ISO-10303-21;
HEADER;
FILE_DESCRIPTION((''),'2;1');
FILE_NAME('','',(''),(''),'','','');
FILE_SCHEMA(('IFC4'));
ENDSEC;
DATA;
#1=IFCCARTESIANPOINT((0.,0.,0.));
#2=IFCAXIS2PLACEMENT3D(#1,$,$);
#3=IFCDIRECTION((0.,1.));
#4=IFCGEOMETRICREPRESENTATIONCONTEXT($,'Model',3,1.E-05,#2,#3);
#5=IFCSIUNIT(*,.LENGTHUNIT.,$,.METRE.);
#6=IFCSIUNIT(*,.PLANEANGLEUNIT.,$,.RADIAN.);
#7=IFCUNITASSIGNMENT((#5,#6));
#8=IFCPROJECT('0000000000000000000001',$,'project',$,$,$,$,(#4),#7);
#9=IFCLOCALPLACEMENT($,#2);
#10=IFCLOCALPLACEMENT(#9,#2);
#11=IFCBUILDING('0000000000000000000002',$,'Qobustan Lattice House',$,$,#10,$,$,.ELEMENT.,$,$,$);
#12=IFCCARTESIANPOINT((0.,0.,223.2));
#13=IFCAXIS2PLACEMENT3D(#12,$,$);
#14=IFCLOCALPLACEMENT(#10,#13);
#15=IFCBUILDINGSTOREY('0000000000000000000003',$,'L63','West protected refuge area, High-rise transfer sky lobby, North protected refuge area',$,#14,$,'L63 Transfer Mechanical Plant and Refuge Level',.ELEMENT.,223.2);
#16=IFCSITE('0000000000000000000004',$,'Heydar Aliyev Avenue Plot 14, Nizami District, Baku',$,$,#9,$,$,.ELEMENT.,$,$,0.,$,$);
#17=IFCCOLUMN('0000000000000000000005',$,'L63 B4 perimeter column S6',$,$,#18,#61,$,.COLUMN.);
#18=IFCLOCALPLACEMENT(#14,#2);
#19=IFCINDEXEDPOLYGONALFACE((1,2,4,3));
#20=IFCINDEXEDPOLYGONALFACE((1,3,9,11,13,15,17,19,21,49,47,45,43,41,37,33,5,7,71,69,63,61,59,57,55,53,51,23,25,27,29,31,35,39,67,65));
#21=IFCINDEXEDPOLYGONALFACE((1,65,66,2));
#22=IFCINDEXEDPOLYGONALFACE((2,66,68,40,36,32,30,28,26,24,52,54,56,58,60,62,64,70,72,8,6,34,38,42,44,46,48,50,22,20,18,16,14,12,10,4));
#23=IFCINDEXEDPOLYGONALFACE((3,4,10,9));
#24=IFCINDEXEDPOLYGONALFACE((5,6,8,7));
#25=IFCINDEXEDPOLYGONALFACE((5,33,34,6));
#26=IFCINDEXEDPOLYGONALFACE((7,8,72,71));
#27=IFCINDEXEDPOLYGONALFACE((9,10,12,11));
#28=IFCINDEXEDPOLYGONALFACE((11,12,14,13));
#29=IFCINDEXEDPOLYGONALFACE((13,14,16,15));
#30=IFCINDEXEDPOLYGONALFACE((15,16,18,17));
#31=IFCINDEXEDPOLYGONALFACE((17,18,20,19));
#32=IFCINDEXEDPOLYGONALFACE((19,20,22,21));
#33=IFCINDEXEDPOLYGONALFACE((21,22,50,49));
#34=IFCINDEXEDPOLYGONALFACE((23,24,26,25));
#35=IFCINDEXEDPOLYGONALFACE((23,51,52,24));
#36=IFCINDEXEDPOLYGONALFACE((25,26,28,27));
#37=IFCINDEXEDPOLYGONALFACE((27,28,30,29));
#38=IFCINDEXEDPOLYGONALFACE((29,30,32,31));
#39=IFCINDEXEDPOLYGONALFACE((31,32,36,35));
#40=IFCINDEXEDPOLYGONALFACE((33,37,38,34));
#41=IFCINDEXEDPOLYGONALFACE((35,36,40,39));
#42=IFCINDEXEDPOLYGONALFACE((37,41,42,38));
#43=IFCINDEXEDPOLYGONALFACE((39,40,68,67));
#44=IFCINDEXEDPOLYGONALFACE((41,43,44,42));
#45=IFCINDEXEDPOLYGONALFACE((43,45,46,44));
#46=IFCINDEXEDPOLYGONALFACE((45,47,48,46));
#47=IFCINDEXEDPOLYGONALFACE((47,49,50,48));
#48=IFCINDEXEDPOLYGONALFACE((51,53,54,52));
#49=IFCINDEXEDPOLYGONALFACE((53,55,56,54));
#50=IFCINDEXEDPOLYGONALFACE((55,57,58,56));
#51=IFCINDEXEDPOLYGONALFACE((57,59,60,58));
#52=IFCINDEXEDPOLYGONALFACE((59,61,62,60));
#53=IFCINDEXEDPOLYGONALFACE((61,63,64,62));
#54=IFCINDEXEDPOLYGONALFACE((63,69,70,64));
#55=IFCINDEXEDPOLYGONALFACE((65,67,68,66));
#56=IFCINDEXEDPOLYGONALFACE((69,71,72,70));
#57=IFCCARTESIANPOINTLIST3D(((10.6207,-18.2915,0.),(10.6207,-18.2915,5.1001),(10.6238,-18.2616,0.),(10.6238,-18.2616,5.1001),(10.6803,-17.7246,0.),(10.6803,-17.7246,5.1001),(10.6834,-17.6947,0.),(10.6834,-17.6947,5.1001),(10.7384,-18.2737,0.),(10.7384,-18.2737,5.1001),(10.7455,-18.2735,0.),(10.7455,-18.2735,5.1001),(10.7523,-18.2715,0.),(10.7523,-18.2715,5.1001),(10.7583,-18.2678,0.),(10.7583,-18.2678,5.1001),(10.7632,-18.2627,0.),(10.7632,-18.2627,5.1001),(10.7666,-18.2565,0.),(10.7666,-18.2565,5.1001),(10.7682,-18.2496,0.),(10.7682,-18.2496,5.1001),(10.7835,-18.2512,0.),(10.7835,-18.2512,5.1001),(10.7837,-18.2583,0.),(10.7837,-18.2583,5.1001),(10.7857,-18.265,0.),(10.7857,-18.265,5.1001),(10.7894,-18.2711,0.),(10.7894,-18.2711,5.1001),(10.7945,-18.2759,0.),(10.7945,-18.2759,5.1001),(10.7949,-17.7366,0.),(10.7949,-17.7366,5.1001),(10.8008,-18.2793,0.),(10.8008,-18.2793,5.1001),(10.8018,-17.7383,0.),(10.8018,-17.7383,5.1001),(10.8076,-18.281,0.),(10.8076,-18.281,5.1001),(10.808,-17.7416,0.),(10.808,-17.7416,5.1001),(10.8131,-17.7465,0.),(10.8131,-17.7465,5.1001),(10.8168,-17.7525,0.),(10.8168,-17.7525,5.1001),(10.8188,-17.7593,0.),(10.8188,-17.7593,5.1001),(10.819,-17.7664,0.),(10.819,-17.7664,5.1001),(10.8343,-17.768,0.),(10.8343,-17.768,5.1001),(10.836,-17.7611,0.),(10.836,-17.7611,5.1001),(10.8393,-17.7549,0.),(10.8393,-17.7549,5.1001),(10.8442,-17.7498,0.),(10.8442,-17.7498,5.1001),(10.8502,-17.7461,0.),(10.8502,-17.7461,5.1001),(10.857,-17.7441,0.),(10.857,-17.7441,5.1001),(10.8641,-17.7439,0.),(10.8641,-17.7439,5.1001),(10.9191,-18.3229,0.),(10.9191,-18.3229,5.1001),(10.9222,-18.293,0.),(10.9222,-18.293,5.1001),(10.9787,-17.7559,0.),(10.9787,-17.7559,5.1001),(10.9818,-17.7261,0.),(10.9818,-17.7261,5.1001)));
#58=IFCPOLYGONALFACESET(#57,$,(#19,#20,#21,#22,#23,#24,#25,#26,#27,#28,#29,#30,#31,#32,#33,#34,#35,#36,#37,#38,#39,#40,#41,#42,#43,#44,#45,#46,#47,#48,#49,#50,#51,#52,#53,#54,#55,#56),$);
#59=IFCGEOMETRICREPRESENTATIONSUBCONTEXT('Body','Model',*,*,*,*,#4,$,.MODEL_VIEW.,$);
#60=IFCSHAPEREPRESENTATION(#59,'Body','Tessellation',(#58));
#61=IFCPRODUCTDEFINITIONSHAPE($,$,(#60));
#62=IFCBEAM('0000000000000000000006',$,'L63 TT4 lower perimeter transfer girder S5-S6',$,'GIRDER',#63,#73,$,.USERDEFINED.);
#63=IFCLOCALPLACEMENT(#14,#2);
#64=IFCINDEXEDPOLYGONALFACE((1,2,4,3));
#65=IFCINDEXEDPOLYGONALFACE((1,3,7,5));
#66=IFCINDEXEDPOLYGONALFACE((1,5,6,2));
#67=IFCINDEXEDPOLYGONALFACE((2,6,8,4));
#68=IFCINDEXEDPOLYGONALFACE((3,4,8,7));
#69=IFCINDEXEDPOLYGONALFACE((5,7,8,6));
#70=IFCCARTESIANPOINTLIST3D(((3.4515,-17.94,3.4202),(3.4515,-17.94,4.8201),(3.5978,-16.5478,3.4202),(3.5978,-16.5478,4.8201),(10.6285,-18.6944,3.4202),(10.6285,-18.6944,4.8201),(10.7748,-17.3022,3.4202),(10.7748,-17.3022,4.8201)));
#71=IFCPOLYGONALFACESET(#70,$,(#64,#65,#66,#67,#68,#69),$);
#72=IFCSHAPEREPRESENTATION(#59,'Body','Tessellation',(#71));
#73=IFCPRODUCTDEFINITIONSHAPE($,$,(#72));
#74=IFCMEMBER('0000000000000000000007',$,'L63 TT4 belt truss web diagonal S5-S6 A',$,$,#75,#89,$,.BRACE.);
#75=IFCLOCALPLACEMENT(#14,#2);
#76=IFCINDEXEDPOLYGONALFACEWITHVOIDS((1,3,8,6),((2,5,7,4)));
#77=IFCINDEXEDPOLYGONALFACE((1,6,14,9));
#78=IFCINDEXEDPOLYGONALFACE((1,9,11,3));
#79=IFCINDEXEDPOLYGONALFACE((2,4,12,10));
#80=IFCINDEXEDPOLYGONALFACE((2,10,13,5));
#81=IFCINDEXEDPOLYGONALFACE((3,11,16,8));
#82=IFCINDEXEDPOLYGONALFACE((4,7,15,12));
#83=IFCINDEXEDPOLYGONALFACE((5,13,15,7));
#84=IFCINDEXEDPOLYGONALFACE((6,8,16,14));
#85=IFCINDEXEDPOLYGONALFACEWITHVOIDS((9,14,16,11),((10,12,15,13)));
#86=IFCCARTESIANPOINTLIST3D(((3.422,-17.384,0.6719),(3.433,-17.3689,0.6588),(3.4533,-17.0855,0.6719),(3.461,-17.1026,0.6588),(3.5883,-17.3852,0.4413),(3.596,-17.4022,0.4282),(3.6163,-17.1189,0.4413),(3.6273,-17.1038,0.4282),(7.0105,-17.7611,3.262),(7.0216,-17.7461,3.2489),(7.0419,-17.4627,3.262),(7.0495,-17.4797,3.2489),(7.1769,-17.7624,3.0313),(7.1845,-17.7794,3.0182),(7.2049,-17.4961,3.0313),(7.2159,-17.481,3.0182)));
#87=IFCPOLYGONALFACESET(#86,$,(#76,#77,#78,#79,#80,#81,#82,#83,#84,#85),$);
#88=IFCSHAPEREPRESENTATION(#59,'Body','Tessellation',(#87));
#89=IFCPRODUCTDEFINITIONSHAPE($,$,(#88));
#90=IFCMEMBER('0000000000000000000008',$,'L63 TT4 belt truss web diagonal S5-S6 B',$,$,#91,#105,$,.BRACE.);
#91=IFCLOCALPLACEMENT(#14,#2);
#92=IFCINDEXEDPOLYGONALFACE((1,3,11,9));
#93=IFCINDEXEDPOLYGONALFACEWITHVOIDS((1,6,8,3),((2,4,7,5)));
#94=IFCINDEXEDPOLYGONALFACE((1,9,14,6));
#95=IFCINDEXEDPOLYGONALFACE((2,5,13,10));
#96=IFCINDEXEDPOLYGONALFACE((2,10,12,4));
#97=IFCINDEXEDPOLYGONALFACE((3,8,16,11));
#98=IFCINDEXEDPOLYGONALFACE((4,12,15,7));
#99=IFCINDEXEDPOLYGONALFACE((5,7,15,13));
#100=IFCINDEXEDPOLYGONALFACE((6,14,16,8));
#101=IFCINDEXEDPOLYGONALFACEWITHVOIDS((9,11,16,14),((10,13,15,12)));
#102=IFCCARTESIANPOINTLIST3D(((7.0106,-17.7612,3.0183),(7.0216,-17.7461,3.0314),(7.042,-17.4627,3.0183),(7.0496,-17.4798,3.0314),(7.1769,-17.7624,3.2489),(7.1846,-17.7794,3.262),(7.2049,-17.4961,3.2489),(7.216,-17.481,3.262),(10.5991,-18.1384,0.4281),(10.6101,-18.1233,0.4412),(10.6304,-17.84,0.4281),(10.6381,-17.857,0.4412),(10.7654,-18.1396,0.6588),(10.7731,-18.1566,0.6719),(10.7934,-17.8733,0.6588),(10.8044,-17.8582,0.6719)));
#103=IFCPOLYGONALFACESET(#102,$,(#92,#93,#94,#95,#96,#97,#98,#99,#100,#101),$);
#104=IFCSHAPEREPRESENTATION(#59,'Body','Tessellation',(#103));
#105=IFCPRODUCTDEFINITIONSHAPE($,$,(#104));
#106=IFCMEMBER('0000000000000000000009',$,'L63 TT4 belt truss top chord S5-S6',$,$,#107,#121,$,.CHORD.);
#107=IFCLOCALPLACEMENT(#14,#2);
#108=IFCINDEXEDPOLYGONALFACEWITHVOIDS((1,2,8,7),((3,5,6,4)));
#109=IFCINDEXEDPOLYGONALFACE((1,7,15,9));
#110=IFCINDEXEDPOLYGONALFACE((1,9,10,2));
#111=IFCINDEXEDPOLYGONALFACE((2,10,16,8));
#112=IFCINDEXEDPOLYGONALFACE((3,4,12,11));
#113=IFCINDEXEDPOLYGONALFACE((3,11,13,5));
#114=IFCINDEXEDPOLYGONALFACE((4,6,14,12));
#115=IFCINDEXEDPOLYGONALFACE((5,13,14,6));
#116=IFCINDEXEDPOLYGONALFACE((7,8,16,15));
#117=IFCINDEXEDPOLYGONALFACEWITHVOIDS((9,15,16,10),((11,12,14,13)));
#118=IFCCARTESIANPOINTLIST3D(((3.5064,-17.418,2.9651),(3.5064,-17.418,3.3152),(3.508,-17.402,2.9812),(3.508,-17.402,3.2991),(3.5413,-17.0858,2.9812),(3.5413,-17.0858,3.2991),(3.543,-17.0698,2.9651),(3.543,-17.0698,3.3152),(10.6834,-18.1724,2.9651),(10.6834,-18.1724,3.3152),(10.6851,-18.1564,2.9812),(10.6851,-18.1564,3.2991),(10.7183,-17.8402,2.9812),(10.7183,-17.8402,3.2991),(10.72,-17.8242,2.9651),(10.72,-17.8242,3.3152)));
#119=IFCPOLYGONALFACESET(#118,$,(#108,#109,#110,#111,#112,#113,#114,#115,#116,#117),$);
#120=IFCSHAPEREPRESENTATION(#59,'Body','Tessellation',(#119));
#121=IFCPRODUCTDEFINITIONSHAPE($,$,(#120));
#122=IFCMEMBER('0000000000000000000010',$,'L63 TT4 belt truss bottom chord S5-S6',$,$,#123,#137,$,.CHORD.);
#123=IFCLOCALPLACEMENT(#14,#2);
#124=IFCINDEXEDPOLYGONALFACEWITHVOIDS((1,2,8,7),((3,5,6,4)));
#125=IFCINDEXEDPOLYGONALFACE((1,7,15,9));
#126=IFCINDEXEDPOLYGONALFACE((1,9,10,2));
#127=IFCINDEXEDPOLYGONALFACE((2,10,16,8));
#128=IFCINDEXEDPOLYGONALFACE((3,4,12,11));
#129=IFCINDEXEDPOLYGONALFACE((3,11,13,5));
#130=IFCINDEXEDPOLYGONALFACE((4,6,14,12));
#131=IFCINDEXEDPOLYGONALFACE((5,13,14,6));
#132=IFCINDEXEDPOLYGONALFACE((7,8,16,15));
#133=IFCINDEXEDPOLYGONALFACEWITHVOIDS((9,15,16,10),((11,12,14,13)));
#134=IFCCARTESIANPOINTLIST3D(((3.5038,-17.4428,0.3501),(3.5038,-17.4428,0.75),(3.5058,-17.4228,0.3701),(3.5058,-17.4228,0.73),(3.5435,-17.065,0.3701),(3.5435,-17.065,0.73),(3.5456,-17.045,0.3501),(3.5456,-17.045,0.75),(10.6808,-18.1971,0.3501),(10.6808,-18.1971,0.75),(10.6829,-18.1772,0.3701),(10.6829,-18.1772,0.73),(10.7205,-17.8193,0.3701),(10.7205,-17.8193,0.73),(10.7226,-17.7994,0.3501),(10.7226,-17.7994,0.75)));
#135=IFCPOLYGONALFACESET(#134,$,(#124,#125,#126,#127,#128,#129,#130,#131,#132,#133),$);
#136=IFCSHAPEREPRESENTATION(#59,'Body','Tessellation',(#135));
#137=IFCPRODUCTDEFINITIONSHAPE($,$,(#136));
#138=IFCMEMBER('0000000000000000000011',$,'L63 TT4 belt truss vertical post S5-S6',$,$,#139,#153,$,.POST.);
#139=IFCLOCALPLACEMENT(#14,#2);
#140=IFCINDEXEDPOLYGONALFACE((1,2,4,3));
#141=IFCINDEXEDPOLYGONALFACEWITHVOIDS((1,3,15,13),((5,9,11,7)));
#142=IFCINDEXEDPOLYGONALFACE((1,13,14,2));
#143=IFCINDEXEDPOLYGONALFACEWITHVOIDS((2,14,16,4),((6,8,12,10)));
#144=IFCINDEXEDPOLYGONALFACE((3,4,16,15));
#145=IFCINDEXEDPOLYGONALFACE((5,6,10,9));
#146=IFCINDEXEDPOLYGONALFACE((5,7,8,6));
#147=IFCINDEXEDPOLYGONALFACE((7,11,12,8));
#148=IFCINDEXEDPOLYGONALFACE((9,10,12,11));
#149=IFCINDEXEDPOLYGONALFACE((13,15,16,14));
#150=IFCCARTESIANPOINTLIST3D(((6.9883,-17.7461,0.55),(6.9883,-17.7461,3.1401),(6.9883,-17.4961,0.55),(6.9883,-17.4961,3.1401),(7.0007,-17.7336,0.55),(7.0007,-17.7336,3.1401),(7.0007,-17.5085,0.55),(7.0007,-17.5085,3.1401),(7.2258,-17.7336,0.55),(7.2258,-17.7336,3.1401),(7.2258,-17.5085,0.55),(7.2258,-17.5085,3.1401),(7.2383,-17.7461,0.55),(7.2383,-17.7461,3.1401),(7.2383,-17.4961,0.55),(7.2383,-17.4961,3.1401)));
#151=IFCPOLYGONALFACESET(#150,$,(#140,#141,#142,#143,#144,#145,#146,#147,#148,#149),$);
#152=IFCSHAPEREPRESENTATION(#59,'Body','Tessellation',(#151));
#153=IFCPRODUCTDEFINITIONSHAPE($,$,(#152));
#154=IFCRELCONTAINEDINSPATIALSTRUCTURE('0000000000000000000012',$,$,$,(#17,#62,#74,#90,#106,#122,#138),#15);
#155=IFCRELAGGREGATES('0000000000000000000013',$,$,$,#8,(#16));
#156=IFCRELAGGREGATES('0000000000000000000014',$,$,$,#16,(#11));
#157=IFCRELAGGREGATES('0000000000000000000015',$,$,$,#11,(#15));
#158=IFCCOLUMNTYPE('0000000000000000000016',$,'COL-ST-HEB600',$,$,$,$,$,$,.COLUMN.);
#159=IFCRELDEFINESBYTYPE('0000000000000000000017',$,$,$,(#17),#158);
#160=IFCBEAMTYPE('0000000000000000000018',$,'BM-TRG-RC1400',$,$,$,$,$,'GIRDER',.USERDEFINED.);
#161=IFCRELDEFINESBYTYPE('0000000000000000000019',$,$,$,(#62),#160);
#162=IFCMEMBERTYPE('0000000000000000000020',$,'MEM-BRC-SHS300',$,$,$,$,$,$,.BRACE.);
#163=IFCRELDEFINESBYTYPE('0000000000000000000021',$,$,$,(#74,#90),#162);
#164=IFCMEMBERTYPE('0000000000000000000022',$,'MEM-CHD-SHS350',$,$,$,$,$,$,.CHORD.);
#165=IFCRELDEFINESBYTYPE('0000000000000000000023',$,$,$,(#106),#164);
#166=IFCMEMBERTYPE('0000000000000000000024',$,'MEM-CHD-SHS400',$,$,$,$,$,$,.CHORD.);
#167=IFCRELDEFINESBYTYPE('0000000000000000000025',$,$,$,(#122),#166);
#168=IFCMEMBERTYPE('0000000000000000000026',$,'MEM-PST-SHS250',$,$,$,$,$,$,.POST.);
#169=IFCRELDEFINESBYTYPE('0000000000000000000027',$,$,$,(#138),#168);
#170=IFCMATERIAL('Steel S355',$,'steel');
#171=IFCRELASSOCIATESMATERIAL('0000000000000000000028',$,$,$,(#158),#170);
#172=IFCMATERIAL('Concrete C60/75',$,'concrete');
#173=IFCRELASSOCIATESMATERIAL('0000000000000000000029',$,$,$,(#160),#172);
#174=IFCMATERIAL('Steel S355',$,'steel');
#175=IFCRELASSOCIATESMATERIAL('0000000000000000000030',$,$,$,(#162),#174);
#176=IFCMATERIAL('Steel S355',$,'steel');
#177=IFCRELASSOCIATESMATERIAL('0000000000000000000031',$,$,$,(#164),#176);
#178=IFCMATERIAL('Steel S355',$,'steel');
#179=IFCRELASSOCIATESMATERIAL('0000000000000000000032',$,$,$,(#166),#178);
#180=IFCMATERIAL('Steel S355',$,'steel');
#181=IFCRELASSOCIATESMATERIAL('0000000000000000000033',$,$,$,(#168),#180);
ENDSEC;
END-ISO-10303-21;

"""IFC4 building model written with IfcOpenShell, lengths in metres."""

from ifc_helpers import new_model, si_unit, direction, frame, origin, origin_2d, place, context, subcontext, project, spatial, rectangle, hollow_rectangle, i_section, extrude, material, material_profile, profile_set, type_object, element, save


model = new_model("IFC4")

# Units and contexts
model_context = context("Model", 3, precision=1e-05, world=origin(), true_north=direction((0.0, 1.0)))
body_context = subcontext(model_context, "Body", "Model", "MODEL_VIEW")
ifc_project = project(units=[si_unit("LENGTHUNIT", "METRE"), si_unit("PLANEANGLEUNIT", "RADIAN")], contexts=[model_context])

# Site, building, storey
site_placement = place(None, origin())
site = spatial("IfcSite", under=ifc_project, at=site_placement, Name="Heydar Aliyev Avenue Plot 14, Nizami District, Baku", CompositionType="ELEMENT", RefElevation=0.0)
building_placement = place(site_placement, origin())
building = spatial("IfcBuilding", under=site, at=building_placement, Name="Qobustan Lattice House", CompositionType="ELEMENT")
storey_placement = place(building_placement, frame((0.0, 0.0, 223.2)))
storey = spatial("IfcBuildingStorey", under=building, at=storey_placement, Name="L63", Description="West protected refuge area, High-rise transfer sky lobby, North protected refuge area", LongName="L63 Transfer Mechanical Plant and Refuge Level", CompositionType="ELEMENT", Elevation=223.2)

# Column
ifc_material_1 = material(Name="Steel S355", Category="steel")
ifc_material_profile_1 = material_profile(ifc_material_1, i_section(OverallWidth=0.3, OverallDepth=0.6001, WebThickness=0.0154, FlangeThickness=0.03, FilletRadius=0.0271, at=origin_2d()), Name="HEB600")
ifc_profile_set_1 = profile_set([ifc_material_profile_1], Name="Steel S355")
column_type = type_object("IfcColumnType", Name="COL-ST-HEB600", PredefinedType="COLUMN", material=ifc_profile_set_1)
column_placement = place(storey_placement, frame((10.8013, -18.0088, 0.0), z_axis=(0.0, 0.0, 1.0), x_axis=(0.994522, -0.104528, 0.0)))
element("IfcColumn", 1, at=column_placement, inside=storey, type_object=column_type, Name="L63 B4 perimeter column S6", PredefinedType="COLUMN", context=body_context, shape_type="SweptSolid", body=[
    extrude(i_section(OverallWidth=0.3, OverallDepth=0.6001, WebThickness=0.0154, FlangeThickness=0.03, FilletRadius=0.0271, at=origin_2d()), origin(), (0.0, 0.0, 1.0), 5.1001),
])

# Beam
ifc_material_2 = material(Name="Concrete C60/75", Category="concrete")
ifc_material_profile_2 = material_profile(ifc_material_2, rectangle(XDim=1.3999, YDim=1.3999, at=origin_2d()), Name="RC1400x1400")
ifc_profile_set_2 = profile_set([ifc_material_profile_2], Name="Concrete C60/75")
beam_type = type_object("IfcBeamType", Name="BM-TRG-RC1400", ElementType="GIRDER", PredefinedType="USERDEFINED", material=ifc_profile_set_2)
beam_placement = place(storey_placement, frame((3.5247, -17.2439, 4.1201), z_axis=(0.994521, -0.104537, 0.0), x_axis=(0.104537, 0.994521, 0.0)))
element("IfcBeam", 2, at=beam_placement, inside=storey, type_object=beam_type, Name="L63 TT4 lower perimeter transfer girder S5-S6", ObjectType="GIRDER", PredefinedType="USERDEFINED", context=body_context, shape_type="SweptSolid", body=[
    extrude(rectangle(XDim=1.3999, YDim=1.3999, at=origin_2d()), origin(), (0.0, 0.0, 1.0), 7.2166),
])

# Members
ifc_material_3 = material(Name="Steel S355", Category="steel")
ifc_material_profile_3 = material_profile(ifc_material_3, hollow_rectangle(XDim=0.3, YDim=0.3, WallThickness=0.0161, at=origin_2d()), Name="SHS300x300x16")
ifc_profile_set_3 = profile_set([ifc_material_profile_3], Name="Steel S355")
member_type_1 = type_object("IfcMemberType", Name="MEM-BRC-SHS300", PredefinedType="BRACE", material=ifc_profile_set_3)
for number, where, z_axis, x_axis, name in (
    (3, (3.5247, -17.2439, 0.55), (0.807932, -0.084921, 0.583125), (0.104533, 0.994521, 0.0), "L63 TT4 belt truss web diagonal S5-S6 A"),
    (4, (7.1133, -17.6211, 3.1401), (0.807913, -0.084925, -0.583151), (0.10454, 0.994521, 0.0), "L63 TT4 belt truss web diagonal S5-S6 B"),
):
    element("IfcMember", number, at=place(storey_placement, frame(where, z_axis=z_axis, x_axis=x_axis)), inside=storey, type_object=member_type_1, Name=name, PredefinedType="BRACE", context=body_context, shape_type="SweptSolid", body=[
        extrude(hollow_rectangle(XDim=0.3, YDim=0.3, WallThickness=0.0161, at=origin_2d()), origin(), (0.0, 0.0, 1.0), 4.4417),
    ])
ifc_material_4 = material(Name="Steel S355", Category="steel")
ifc_material_profile_4 = material_profile(ifc_material_4, hollow_rectangle(XDim=0.3501, YDim=0.3501, WallThickness=0.0161, at=origin_2d()), Name="SHS350x350x16")
ifc_profile_set_4 = profile_set([ifc_material_profile_4], Name="Steel S355")
member_type_2 = type_object("IfcMemberType", Name="MEM-CHD-SHS350", PredefinedType="CHORD", material=ifc_profile_set_4)
member_1_placement = place(storey_placement, frame((3.5247, -17.2439, 3.1401), z_axis=(0.994521, -0.104537, 0.0), x_axis=(0.104537, 0.994521, 0.0)))
element("IfcMember", 5, at=member_1_placement, inside=storey, type_object=member_type_2, Name="L63 TT4 belt truss top chord S5-S6", PredefinedType="CHORD", context=body_context, shape_type="SweptSolid", body=[
    extrude(hollow_rectangle(XDim=0.3501, YDim=0.3501, WallThickness=0.0161, at=origin_2d()), origin(), (0.0, 0.0, 1.0), 7.2166),
])
ifc_material_5 = material(Name="Steel S355", Category="steel")
ifc_material_profile_5 = material_profile(ifc_material_5, hollow_rectangle(XDim=0.3999, YDim=0.3999, WallThickness=0.02, at=origin_2d()), Name="SHS400x400x20")
ifc_profile_set_5 = profile_set([ifc_material_profile_5], Name="Steel S355")
member_type_3 = type_object("IfcMemberType", Name="MEM-CHD-SHS400", PredefinedType="CHORD", material=ifc_profile_set_5)
member_2_placement = place(storey_placement, frame((3.5247, -17.2439, 0.55), z_axis=(0.994521, -0.104537, 0.0), x_axis=(0.104537, 0.994521, 0.0)))
element("IfcMember", 6, at=member_2_placement, inside=storey, type_object=member_type_3, Name="L63 TT4 belt truss bottom chord S5-S6", PredefinedType="CHORD", context=body_context, shape_type="SweptSolid", body=[
    extrude(hollow_rectangle(XDim=0.3999, YDim=0.3999, WallThickness=0.02, at=origin_2d()), origin(), (0.0, 0.0, 1.0), 7.2166),
])
ifc_material_6 = material(Name="Steel S355", Category="steel")
ifc_material_profile_6 = material_profile(ifc_material_6, hollow_rectangle(XDim=0.25, YDim=0.25, WallThickness=0.0125, at=origin_2d()), Name="SHS250x250x12.5")
ifc_profile_set_6 = profile_set([ifc_material_profile_6], Name="Steel S355")
member_type_4 = type_object("IfcMemberType", Name="MEM-PST-SHS250", PredefinedType="POST", material=ifc_profile_set_6)
member_3_placement = place(storey_placement, frame((7.1133, -17.6211, 0.55), z_axis=(0.0, 0.0, 1.0), x_axis=(1.0, 0.0, 0.0)))
element("IfcMember", 7, at=member_3_placement, inside=storey, type_object=member_type_4, Name="L63 TT4 belt truss vertical post S5-S6", PredefinedType="POST", context=body_context, shape_type="SweptSolid", body=[
    extrude(hollow_rectangle(XDim=0.25, YDim=0.25, WallThickness=0.0125, at=origin_2d()), origin(), (0.0, 0.0, 1.0), 2.5901),
])

save(model, "model.ifc")
